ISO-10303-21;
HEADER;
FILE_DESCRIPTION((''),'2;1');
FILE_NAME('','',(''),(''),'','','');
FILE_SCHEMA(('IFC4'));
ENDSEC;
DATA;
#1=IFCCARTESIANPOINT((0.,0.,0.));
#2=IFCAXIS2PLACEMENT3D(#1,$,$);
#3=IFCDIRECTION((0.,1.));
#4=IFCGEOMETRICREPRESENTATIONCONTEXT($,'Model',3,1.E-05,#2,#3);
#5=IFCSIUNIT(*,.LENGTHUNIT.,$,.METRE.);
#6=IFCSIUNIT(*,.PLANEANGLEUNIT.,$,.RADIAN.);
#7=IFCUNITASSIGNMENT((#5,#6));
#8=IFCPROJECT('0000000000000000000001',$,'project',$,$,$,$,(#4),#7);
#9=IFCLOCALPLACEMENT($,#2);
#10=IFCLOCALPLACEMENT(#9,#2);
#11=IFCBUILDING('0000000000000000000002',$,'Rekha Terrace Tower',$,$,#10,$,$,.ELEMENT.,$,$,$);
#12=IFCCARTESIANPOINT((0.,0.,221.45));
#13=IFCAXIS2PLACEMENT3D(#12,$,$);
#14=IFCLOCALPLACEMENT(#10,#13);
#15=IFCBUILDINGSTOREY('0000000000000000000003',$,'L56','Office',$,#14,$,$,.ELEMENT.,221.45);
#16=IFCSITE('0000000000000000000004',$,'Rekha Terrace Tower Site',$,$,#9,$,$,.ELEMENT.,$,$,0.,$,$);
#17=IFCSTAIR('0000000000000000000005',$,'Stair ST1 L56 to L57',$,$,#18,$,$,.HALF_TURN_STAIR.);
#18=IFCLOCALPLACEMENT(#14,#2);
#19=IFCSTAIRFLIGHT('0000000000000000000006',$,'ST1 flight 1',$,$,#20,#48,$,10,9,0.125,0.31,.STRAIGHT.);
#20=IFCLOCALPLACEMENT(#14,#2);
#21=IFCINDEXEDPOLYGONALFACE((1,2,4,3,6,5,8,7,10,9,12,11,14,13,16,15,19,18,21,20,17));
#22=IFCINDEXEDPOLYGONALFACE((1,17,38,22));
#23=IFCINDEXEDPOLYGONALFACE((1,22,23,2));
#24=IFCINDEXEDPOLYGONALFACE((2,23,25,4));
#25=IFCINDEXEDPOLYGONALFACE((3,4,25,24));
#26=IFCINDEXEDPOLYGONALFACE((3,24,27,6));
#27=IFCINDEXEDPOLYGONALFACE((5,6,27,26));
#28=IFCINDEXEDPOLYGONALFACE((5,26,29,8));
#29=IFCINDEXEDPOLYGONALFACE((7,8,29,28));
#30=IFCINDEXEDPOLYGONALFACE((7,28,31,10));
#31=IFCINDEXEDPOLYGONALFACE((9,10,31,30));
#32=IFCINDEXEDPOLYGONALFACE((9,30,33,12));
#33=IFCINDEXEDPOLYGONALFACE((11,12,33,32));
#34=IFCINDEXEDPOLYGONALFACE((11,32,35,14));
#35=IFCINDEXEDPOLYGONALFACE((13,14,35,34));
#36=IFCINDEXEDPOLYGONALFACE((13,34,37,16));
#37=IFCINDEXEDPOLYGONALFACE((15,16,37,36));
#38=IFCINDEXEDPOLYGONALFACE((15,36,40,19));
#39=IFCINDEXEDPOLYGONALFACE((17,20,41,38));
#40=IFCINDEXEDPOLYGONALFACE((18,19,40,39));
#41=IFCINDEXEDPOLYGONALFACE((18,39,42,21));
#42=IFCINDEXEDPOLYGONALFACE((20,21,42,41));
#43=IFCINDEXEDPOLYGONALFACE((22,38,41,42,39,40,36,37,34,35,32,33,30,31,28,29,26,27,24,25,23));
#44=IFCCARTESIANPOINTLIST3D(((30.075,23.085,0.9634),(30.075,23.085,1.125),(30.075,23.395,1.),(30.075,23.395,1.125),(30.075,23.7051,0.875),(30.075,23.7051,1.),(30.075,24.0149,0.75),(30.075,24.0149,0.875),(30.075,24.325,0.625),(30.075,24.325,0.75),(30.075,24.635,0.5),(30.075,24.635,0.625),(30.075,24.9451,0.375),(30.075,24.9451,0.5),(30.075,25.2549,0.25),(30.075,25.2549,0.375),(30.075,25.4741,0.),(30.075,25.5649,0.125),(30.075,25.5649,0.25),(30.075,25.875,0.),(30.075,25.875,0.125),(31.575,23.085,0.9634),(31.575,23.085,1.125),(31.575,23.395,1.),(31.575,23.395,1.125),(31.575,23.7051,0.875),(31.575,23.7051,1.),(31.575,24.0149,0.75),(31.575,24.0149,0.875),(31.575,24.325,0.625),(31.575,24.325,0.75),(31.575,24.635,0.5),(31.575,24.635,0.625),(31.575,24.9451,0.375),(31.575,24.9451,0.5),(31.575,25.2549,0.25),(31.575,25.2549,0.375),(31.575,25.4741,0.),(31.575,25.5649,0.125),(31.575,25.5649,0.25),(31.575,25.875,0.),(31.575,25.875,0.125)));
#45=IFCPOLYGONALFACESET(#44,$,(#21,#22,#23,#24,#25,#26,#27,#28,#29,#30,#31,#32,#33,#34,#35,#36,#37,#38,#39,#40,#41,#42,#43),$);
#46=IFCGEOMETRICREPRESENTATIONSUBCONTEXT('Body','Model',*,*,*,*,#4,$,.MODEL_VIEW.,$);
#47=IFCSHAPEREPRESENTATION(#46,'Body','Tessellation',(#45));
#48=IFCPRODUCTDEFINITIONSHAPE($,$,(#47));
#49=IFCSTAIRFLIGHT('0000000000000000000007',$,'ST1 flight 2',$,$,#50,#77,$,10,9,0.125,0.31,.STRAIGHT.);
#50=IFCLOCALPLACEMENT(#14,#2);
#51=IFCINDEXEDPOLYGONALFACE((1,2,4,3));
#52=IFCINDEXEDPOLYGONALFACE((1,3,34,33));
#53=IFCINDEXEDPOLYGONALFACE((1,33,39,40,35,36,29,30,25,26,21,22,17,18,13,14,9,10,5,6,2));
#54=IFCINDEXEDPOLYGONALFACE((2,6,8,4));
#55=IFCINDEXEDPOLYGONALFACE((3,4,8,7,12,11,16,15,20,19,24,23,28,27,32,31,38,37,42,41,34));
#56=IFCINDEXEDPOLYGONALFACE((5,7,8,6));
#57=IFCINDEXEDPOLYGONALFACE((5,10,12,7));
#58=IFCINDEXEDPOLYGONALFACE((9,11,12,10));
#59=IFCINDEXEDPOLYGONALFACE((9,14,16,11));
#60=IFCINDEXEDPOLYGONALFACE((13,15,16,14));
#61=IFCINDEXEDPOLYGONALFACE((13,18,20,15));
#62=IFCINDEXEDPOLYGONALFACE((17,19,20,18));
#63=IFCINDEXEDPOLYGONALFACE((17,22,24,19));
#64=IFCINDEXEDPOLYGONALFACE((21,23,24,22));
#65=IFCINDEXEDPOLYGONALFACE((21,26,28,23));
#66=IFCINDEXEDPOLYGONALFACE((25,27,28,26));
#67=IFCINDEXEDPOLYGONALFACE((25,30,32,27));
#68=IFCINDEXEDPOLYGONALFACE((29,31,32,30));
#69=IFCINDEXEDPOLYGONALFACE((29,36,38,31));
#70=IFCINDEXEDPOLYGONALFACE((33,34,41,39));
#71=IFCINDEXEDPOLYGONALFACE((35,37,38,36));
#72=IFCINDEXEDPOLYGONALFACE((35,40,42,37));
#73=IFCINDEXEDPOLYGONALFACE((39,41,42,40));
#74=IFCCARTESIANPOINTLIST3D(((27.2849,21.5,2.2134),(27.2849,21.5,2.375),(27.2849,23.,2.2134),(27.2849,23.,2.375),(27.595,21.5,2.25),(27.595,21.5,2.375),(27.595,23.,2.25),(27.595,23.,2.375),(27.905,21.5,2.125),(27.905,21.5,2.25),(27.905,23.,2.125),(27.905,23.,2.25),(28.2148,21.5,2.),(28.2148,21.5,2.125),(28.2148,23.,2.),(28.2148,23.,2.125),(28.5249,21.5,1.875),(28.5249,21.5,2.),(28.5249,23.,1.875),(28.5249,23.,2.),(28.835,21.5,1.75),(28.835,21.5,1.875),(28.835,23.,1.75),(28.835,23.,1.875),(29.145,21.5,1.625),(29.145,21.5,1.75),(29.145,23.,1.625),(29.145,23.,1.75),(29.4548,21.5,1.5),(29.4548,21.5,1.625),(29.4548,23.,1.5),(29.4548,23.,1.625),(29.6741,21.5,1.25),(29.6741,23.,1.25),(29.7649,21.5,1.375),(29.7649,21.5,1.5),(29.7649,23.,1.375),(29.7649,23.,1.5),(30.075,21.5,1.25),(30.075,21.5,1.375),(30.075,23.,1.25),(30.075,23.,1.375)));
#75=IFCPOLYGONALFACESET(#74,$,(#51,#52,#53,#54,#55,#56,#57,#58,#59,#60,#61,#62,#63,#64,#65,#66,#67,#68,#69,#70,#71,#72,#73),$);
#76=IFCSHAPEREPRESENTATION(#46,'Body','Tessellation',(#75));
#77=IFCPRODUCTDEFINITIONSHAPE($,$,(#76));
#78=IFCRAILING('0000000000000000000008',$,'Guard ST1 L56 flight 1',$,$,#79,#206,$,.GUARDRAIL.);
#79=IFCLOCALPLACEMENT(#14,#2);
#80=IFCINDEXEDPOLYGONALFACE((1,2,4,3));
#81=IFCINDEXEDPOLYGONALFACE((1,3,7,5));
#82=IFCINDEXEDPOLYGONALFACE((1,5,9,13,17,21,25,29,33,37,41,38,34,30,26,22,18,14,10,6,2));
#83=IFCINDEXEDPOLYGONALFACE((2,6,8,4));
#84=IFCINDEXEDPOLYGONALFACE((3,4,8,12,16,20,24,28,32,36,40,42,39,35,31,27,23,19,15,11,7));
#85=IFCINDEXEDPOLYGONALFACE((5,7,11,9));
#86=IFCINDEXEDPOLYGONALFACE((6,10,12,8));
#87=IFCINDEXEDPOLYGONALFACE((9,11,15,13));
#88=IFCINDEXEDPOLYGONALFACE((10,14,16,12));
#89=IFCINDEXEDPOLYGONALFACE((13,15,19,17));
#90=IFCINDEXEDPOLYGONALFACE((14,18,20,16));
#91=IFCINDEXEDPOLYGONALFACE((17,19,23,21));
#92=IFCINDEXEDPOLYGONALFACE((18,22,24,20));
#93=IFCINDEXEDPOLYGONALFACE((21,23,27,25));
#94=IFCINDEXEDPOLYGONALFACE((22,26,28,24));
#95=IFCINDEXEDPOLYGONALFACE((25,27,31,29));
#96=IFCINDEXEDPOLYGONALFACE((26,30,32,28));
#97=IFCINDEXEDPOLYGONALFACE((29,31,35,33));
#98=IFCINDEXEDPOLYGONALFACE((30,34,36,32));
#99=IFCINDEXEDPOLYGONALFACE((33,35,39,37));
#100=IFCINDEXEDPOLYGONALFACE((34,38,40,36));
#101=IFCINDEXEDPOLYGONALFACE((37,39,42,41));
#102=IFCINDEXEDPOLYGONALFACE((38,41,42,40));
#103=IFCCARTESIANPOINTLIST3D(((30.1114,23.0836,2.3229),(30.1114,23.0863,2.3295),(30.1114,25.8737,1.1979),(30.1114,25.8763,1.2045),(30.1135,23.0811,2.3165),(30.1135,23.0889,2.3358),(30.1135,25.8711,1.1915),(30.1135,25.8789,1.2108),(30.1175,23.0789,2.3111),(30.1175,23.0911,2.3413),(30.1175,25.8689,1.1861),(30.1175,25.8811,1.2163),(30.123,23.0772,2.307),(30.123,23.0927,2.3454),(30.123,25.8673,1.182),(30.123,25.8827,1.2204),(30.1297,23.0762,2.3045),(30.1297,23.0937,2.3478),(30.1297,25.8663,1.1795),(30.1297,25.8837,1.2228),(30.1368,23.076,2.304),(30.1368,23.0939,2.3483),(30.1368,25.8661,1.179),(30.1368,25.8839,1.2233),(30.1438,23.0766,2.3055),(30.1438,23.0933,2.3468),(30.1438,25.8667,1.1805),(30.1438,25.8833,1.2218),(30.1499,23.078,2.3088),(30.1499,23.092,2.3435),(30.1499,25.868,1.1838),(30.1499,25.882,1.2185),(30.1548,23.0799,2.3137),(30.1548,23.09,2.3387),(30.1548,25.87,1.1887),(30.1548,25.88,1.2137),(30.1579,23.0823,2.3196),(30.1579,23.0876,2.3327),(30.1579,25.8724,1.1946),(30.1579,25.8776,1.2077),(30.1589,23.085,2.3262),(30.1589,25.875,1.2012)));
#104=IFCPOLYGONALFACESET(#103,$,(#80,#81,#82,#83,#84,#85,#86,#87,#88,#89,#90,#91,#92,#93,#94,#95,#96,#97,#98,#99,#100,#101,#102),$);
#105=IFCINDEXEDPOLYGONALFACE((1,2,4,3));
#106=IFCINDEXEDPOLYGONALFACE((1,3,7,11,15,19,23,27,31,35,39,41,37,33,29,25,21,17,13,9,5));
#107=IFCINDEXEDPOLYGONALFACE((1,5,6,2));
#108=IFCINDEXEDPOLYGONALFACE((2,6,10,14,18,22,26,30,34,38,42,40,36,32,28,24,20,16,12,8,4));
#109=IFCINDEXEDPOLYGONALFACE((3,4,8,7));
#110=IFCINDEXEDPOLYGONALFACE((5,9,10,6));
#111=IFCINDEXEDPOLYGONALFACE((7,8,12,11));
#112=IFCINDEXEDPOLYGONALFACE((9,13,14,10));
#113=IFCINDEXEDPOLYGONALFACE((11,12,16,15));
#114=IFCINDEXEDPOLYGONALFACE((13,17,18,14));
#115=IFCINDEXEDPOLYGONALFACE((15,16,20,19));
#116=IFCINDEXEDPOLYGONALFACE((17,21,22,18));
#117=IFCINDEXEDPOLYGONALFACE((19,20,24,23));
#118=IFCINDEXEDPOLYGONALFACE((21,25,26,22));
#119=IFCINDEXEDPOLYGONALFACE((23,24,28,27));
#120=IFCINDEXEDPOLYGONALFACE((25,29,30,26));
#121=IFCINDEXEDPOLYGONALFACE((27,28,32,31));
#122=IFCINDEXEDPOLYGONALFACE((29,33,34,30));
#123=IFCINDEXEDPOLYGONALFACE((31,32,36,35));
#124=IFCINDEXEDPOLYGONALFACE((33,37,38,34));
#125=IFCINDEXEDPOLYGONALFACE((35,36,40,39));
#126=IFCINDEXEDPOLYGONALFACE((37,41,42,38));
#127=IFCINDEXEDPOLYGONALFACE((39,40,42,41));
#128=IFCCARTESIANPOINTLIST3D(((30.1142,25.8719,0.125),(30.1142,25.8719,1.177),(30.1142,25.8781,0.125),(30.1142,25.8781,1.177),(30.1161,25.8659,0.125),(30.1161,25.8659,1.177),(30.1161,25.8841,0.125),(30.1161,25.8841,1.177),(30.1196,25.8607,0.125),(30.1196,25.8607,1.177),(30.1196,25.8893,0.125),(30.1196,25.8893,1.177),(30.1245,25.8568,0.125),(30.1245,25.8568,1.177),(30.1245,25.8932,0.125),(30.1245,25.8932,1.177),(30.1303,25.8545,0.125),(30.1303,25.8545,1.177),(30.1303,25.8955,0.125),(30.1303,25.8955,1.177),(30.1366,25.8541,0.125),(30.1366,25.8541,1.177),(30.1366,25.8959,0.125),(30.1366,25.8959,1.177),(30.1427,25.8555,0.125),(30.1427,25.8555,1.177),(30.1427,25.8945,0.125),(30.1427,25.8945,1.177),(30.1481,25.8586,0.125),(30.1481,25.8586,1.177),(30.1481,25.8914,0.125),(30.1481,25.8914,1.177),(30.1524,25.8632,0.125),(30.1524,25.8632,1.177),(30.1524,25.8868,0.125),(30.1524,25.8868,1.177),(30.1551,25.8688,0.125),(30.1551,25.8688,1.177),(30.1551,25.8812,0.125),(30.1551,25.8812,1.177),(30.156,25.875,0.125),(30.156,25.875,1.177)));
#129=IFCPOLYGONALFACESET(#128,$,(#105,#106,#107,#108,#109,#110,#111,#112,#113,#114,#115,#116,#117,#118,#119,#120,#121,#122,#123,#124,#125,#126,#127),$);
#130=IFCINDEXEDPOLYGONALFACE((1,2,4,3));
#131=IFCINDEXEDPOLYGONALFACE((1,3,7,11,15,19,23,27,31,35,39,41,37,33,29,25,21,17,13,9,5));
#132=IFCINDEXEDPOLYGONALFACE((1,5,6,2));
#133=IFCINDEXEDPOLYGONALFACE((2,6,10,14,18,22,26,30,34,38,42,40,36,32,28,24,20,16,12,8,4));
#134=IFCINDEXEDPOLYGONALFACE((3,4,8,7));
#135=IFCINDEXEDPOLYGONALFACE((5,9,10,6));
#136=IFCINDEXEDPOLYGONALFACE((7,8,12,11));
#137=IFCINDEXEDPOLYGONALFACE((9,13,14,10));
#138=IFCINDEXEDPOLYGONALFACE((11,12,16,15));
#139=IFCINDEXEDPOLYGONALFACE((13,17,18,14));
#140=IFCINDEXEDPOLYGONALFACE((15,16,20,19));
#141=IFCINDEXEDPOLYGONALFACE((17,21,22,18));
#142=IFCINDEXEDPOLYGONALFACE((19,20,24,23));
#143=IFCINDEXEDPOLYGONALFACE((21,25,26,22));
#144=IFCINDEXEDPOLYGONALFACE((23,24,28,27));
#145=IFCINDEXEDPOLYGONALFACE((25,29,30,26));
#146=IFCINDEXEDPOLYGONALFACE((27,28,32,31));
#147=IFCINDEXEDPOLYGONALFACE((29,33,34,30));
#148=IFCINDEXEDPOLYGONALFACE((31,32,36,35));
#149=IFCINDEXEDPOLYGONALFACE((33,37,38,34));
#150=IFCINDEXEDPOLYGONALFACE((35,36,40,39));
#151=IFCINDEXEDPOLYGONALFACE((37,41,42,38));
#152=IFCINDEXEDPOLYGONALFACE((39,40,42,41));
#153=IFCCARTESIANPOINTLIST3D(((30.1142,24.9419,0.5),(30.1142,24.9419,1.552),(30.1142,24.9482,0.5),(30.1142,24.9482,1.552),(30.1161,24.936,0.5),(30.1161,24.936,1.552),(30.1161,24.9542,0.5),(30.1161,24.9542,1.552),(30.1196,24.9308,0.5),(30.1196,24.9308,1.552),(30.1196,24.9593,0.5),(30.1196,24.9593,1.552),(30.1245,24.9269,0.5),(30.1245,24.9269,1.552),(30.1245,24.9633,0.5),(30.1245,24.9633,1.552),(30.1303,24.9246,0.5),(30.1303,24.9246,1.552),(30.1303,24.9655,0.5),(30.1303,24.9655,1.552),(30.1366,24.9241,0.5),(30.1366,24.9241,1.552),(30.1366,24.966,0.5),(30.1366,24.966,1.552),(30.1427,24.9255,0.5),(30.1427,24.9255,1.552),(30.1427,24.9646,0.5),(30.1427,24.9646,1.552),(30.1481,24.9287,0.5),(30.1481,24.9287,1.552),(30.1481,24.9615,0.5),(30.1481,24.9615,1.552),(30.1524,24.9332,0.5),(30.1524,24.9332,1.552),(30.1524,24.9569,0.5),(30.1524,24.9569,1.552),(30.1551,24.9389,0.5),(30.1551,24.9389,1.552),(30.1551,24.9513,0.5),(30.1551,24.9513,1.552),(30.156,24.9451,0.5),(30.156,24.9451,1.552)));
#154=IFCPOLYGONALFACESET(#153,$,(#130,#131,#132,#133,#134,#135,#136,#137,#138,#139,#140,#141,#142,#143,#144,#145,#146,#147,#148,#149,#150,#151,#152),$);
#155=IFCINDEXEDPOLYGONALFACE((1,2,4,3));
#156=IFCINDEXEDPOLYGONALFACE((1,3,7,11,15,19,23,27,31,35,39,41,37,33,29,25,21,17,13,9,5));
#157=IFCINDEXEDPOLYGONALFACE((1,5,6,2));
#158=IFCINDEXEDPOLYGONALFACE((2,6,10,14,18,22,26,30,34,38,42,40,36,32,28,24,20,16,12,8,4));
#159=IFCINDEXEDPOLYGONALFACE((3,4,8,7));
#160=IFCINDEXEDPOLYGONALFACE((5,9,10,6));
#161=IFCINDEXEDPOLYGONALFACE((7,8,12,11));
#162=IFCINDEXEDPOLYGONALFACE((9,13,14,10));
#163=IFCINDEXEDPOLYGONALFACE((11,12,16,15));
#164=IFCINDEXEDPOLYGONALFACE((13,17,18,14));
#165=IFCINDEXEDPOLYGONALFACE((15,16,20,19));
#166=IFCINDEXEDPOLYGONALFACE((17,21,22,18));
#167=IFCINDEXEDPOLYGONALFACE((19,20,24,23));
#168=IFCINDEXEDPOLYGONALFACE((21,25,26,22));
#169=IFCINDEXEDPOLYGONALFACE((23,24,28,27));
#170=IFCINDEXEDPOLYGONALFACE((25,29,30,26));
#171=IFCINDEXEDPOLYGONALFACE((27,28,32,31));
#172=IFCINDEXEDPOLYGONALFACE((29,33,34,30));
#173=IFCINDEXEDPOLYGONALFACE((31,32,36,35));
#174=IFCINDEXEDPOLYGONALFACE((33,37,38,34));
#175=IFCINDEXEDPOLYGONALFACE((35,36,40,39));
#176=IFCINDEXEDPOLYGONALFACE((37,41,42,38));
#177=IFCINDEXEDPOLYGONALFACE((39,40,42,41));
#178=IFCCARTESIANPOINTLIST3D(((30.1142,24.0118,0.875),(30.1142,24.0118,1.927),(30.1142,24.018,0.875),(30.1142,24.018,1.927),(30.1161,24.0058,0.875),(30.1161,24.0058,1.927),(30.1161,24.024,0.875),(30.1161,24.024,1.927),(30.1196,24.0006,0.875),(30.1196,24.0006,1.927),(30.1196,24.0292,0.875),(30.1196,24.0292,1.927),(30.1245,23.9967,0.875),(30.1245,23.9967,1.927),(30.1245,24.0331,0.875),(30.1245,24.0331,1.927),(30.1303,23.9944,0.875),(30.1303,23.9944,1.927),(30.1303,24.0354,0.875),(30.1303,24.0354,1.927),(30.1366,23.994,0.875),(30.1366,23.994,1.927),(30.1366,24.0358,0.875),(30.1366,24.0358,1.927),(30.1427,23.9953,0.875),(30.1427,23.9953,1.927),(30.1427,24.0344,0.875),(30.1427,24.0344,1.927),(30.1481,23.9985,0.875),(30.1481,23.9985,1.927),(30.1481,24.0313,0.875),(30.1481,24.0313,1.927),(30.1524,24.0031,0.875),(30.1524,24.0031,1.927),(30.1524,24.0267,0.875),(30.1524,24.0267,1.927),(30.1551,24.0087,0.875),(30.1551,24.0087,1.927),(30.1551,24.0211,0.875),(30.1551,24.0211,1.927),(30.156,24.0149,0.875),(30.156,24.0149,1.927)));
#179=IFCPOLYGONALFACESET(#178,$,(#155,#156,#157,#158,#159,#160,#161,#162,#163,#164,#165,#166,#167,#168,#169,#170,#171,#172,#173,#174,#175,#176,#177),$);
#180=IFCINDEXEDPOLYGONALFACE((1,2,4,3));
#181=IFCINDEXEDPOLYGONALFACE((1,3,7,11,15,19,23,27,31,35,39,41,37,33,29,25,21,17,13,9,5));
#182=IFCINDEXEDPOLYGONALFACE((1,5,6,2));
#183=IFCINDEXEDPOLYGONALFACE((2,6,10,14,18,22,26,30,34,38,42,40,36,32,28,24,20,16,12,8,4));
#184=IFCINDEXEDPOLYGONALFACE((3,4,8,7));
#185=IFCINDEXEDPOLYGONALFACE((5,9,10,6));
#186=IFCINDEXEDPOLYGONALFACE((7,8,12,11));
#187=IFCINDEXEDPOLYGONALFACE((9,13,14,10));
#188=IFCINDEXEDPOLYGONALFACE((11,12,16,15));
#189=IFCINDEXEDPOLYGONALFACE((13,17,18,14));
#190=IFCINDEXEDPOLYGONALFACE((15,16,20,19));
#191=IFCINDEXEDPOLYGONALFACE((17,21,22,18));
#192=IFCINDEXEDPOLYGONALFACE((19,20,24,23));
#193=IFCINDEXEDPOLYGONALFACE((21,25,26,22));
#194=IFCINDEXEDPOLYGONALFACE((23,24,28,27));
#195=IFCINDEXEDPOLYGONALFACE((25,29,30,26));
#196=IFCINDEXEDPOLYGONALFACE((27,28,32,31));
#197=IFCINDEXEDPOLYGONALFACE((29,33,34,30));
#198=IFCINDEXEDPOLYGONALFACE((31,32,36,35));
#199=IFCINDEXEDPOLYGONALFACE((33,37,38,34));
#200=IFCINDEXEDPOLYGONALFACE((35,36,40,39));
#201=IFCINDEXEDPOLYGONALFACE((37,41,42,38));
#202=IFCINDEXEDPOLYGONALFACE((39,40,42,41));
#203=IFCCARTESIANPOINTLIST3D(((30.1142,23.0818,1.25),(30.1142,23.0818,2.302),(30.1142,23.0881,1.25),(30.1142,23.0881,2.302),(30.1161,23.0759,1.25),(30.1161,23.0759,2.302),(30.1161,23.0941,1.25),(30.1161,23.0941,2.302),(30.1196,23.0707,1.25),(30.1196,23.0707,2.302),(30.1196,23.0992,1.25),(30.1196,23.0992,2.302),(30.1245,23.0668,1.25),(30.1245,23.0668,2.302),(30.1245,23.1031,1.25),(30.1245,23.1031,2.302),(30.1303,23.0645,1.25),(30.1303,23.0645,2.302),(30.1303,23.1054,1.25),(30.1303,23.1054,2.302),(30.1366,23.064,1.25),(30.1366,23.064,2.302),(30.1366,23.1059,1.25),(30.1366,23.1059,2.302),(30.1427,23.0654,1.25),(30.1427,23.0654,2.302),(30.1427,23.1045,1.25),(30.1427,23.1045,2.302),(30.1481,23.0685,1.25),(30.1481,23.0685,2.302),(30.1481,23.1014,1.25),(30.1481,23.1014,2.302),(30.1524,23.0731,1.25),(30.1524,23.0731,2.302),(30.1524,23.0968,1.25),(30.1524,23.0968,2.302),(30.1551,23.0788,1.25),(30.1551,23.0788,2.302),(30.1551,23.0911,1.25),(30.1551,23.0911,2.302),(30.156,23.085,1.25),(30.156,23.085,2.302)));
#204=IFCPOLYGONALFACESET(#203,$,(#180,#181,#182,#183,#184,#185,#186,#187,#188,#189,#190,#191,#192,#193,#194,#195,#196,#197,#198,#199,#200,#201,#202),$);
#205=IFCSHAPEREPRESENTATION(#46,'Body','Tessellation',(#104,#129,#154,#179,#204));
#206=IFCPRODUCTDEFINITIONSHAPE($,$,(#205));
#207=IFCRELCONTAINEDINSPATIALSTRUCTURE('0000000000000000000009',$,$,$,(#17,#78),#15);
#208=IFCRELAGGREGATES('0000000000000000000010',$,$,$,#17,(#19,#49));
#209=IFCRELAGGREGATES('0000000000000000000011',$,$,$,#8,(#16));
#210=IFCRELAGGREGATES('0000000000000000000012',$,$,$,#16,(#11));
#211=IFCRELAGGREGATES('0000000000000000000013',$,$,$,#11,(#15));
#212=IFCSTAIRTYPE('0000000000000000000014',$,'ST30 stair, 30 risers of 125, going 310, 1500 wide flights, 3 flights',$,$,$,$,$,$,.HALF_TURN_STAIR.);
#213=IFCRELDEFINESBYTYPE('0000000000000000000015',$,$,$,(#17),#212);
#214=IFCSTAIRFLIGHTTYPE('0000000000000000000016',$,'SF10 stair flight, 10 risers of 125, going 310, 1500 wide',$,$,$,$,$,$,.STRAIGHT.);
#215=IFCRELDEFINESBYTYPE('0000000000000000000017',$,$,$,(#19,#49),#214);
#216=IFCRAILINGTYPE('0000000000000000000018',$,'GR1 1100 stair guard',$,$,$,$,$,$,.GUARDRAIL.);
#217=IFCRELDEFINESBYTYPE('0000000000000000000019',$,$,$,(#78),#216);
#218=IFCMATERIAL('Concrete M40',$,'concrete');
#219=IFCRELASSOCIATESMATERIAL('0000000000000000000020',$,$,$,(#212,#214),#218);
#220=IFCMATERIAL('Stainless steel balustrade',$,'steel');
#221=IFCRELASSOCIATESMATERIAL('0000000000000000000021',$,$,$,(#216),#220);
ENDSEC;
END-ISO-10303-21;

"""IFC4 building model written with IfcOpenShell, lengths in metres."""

from ifc_helpers import new_model, si_unit, direction, frame, origin, origin_2d, place, context, subcontext, project, spatial, polyline, circle, outline, extrude, material, type_object, element, aggregate, save


model = new_model("IFC4")

# Units and contexts
model_context = context("Model", 3, precision=1e-05, world=origin(), true_north=direction((0.0, 1.0)))
body_context = subcontext(model_context, "Body", "Model", "MODEL_VIEW")
ifc_project = project(units=[si_unit("LENGTHUNIT", "METRE"), si_unit("PLANEANGLEUNIT", "RADIAN")], contexts=[model_context])

# Site, building, storey
site_placement = place(None, origin())
site = spatial("IfcSite", under=ifc_project, at=site_placement, Name="Rekha Terrace Tower Site", CompositionType="ELEMENT", RefElevation=0.0)
building_placement = place(site_placement, origin())
building = spatial("IfcBuilding", under=site, at=building_placement, Name="Rekha Terrace Tower", CompositionType="ELEMENT")
storey_placement = place(building_placement, frame((0.0, 0.0, 221.45)))
storey = spatial("IfcBuildingStorey", under=building, at=storey_placement, Name="L56", Description="Office", CompositionType="ELEMENT", Elevation=221.45)

# Stair, stair flights
ifc_material_1 = material(Name="Concrete M40", Category="concrete")
stair_type = type_object("IfcStairType", Name="ST30 stair, 30 risers of 125, going 310, 1500 wide flights, 3 flights", PredefinedType="HALF_TURN_STAIR", material=ifc_material_1)
stair_placement = place(storey_placement, origin())
stair = element("IfcStair", 1, at=stair_placement, inside=storey, type_object=stair_type, Name="Stair ST1 L56 to L57", PredefinedType="HALF_TURN_STAIR")
stair_flight_type = type_object("IfcStairFlightType", Name="SF10 stair flight, 10 risers of 125, going 310, 1500 wide", PredefinedType="STRAIGHT", material=ifc_material_1)
stair_flight_1_placement = place(storey_placement, frame((30.825, 25.875, 0.0), z_axis=(0.0, 0.0, 1.0), x_axis=(0.0, -1.0, 0.0)))
stair_flight_1 = element("IfcStairFlight", 2, at=stair_flight_1_placement, type_object=stair_flight_type, Name="ST1 flight 1", NumberOfRisers=10, NumberOfTreads=9, PredefinedType="STRAIGHT", RiserHeight=0.125, TreadLength=0.31, context=body_context, shape_type="SweptSolid", body=[
    extrude(outline(polyline([(0.0, 0.0), (0.0, 0.125), (0.3101, 0.125), (0.3101, 0.25), (0.6201, 0.25), (0.6201, 0.375), (0.9299, 0.375), (0.9299, 0.5), (1.24, 0.5), (1.24, 0.625), (1.55, 0.625), (1.55, 0.75), (1.8601, 0.75), (1.8601, 0.875), (2.1699, 0.875), (2.1699, 1.0), (2.48, 1.0), (2.48, 1.125), (2.79, 1.125), (2.79, 1.25), (2.79, 0.9634), (0.4009, 0.0), (0.0, 0.0)])), frame((0.0, 0.75, 0.0), z_axis=(0.0, -1.0, 0.0), x_axis=(1.0, 0.0, 0.0)), (0.0, 0.0, 1.0), 1.5),
])
stair_flight_2_placement = place(storey_placement, frame((30.075, 22.25, 1.25), z_axis=(0.0, 0.0, 1.0), x_axis=(-1.0, 0.0, 0.0)))
stair_flight_2 = element("IfcStairFlight", 3, at=stair_flight_2_placement, type_object=stair_flight_type, Name="ST1 flight 2", NumberOfRisers=10, NumberOfTreads=9, PredefinedType="STRAIGHT", RiserHeight=0.125, TreadLength=0.31, context=body_context, shape_type="SweptSolid", body=[
    extrude(outline(polyline([(0.0, 0.0), (0.0, 0.125), (0.3101, 0.125), (0.3101, 0.25), (0.6201, 0.25), (0.6201, 0.375), (0.9299, 0.375), (0.9299, 0.5), (1.24, 0.5), (1.24, 0.625), (1.55, 0.625), (1.55, 0.75), (1.8601, 0.75), (1.8601, 0.875), (2.1699, 0.875), (2.1699, 1.0), (2.48, 1.0), (2.48, 1.125), (2.79, 1.125), (2.79, 1.25), (2.79, 0.9634), (0.4009, 0.0), (0.0, 0.0)])), frame((0.0, 0.75, 0.0), z_axis=(0.0, -1.0, 0.0), x_axis=(1.0, 0.0, 0.0)), (0.0, 0.0, 1.0), 1.5),
])
aggregate(stair, [stair_flight_1, stair_flight_2])

# Railing
ifc_material_2 = material(Name="Stainless steel balustrade", Category="steel")
railing_type_1 = type_object("IfcRailingType", Name="GR1 1100 stair guard", PredefinedType="GUARDRAIL", material=ifc_material_2)
railing_1_placement = place(storey_placement, frame((30.135, 25.875, 0.125)))
element("IfcRailing", 4, at=railing_1_placement, inside=storey, type_object=railing_type_1, Name="Guard ST1 L56 flight 1", PredefinedType="GUARDRAIL", context=body_context, shape_type="SweptSolid", body=[
    extrude(circle(Radius=0.0239, at=origin_2d()), frame((0.0, 0.0, 1.0762), z_axis=(0.0, -0.927443, 0.373964), x_axis=(1.0, 0.0, 0.0)), (0.0, 0.0, 1.0), 3.0083),
    extrude(circle(Radius=0.021, at=origin_2d()), origin(), (0.0, 0.0, 1.0), 1.052),
    extrude(circle(Radius=0.021, at=origin_2d()), frame((0.0, -0.9299, 0.375)), (0.0, 0.0, 1.0), 1.052),
    extrude(circle(Radius=0.021, at=origin_2d()), frame((0.0, -1.8601, 0.75)), (0.0, 0.0, 1.0), 1.052),
    extrude(circle(Radius=0.021, at=origin_2d()), frame((0.0, -2.79, 1.125)), (0.0, 0.0, 1.0), 1.052),
])

save(model, "model.ifc")
